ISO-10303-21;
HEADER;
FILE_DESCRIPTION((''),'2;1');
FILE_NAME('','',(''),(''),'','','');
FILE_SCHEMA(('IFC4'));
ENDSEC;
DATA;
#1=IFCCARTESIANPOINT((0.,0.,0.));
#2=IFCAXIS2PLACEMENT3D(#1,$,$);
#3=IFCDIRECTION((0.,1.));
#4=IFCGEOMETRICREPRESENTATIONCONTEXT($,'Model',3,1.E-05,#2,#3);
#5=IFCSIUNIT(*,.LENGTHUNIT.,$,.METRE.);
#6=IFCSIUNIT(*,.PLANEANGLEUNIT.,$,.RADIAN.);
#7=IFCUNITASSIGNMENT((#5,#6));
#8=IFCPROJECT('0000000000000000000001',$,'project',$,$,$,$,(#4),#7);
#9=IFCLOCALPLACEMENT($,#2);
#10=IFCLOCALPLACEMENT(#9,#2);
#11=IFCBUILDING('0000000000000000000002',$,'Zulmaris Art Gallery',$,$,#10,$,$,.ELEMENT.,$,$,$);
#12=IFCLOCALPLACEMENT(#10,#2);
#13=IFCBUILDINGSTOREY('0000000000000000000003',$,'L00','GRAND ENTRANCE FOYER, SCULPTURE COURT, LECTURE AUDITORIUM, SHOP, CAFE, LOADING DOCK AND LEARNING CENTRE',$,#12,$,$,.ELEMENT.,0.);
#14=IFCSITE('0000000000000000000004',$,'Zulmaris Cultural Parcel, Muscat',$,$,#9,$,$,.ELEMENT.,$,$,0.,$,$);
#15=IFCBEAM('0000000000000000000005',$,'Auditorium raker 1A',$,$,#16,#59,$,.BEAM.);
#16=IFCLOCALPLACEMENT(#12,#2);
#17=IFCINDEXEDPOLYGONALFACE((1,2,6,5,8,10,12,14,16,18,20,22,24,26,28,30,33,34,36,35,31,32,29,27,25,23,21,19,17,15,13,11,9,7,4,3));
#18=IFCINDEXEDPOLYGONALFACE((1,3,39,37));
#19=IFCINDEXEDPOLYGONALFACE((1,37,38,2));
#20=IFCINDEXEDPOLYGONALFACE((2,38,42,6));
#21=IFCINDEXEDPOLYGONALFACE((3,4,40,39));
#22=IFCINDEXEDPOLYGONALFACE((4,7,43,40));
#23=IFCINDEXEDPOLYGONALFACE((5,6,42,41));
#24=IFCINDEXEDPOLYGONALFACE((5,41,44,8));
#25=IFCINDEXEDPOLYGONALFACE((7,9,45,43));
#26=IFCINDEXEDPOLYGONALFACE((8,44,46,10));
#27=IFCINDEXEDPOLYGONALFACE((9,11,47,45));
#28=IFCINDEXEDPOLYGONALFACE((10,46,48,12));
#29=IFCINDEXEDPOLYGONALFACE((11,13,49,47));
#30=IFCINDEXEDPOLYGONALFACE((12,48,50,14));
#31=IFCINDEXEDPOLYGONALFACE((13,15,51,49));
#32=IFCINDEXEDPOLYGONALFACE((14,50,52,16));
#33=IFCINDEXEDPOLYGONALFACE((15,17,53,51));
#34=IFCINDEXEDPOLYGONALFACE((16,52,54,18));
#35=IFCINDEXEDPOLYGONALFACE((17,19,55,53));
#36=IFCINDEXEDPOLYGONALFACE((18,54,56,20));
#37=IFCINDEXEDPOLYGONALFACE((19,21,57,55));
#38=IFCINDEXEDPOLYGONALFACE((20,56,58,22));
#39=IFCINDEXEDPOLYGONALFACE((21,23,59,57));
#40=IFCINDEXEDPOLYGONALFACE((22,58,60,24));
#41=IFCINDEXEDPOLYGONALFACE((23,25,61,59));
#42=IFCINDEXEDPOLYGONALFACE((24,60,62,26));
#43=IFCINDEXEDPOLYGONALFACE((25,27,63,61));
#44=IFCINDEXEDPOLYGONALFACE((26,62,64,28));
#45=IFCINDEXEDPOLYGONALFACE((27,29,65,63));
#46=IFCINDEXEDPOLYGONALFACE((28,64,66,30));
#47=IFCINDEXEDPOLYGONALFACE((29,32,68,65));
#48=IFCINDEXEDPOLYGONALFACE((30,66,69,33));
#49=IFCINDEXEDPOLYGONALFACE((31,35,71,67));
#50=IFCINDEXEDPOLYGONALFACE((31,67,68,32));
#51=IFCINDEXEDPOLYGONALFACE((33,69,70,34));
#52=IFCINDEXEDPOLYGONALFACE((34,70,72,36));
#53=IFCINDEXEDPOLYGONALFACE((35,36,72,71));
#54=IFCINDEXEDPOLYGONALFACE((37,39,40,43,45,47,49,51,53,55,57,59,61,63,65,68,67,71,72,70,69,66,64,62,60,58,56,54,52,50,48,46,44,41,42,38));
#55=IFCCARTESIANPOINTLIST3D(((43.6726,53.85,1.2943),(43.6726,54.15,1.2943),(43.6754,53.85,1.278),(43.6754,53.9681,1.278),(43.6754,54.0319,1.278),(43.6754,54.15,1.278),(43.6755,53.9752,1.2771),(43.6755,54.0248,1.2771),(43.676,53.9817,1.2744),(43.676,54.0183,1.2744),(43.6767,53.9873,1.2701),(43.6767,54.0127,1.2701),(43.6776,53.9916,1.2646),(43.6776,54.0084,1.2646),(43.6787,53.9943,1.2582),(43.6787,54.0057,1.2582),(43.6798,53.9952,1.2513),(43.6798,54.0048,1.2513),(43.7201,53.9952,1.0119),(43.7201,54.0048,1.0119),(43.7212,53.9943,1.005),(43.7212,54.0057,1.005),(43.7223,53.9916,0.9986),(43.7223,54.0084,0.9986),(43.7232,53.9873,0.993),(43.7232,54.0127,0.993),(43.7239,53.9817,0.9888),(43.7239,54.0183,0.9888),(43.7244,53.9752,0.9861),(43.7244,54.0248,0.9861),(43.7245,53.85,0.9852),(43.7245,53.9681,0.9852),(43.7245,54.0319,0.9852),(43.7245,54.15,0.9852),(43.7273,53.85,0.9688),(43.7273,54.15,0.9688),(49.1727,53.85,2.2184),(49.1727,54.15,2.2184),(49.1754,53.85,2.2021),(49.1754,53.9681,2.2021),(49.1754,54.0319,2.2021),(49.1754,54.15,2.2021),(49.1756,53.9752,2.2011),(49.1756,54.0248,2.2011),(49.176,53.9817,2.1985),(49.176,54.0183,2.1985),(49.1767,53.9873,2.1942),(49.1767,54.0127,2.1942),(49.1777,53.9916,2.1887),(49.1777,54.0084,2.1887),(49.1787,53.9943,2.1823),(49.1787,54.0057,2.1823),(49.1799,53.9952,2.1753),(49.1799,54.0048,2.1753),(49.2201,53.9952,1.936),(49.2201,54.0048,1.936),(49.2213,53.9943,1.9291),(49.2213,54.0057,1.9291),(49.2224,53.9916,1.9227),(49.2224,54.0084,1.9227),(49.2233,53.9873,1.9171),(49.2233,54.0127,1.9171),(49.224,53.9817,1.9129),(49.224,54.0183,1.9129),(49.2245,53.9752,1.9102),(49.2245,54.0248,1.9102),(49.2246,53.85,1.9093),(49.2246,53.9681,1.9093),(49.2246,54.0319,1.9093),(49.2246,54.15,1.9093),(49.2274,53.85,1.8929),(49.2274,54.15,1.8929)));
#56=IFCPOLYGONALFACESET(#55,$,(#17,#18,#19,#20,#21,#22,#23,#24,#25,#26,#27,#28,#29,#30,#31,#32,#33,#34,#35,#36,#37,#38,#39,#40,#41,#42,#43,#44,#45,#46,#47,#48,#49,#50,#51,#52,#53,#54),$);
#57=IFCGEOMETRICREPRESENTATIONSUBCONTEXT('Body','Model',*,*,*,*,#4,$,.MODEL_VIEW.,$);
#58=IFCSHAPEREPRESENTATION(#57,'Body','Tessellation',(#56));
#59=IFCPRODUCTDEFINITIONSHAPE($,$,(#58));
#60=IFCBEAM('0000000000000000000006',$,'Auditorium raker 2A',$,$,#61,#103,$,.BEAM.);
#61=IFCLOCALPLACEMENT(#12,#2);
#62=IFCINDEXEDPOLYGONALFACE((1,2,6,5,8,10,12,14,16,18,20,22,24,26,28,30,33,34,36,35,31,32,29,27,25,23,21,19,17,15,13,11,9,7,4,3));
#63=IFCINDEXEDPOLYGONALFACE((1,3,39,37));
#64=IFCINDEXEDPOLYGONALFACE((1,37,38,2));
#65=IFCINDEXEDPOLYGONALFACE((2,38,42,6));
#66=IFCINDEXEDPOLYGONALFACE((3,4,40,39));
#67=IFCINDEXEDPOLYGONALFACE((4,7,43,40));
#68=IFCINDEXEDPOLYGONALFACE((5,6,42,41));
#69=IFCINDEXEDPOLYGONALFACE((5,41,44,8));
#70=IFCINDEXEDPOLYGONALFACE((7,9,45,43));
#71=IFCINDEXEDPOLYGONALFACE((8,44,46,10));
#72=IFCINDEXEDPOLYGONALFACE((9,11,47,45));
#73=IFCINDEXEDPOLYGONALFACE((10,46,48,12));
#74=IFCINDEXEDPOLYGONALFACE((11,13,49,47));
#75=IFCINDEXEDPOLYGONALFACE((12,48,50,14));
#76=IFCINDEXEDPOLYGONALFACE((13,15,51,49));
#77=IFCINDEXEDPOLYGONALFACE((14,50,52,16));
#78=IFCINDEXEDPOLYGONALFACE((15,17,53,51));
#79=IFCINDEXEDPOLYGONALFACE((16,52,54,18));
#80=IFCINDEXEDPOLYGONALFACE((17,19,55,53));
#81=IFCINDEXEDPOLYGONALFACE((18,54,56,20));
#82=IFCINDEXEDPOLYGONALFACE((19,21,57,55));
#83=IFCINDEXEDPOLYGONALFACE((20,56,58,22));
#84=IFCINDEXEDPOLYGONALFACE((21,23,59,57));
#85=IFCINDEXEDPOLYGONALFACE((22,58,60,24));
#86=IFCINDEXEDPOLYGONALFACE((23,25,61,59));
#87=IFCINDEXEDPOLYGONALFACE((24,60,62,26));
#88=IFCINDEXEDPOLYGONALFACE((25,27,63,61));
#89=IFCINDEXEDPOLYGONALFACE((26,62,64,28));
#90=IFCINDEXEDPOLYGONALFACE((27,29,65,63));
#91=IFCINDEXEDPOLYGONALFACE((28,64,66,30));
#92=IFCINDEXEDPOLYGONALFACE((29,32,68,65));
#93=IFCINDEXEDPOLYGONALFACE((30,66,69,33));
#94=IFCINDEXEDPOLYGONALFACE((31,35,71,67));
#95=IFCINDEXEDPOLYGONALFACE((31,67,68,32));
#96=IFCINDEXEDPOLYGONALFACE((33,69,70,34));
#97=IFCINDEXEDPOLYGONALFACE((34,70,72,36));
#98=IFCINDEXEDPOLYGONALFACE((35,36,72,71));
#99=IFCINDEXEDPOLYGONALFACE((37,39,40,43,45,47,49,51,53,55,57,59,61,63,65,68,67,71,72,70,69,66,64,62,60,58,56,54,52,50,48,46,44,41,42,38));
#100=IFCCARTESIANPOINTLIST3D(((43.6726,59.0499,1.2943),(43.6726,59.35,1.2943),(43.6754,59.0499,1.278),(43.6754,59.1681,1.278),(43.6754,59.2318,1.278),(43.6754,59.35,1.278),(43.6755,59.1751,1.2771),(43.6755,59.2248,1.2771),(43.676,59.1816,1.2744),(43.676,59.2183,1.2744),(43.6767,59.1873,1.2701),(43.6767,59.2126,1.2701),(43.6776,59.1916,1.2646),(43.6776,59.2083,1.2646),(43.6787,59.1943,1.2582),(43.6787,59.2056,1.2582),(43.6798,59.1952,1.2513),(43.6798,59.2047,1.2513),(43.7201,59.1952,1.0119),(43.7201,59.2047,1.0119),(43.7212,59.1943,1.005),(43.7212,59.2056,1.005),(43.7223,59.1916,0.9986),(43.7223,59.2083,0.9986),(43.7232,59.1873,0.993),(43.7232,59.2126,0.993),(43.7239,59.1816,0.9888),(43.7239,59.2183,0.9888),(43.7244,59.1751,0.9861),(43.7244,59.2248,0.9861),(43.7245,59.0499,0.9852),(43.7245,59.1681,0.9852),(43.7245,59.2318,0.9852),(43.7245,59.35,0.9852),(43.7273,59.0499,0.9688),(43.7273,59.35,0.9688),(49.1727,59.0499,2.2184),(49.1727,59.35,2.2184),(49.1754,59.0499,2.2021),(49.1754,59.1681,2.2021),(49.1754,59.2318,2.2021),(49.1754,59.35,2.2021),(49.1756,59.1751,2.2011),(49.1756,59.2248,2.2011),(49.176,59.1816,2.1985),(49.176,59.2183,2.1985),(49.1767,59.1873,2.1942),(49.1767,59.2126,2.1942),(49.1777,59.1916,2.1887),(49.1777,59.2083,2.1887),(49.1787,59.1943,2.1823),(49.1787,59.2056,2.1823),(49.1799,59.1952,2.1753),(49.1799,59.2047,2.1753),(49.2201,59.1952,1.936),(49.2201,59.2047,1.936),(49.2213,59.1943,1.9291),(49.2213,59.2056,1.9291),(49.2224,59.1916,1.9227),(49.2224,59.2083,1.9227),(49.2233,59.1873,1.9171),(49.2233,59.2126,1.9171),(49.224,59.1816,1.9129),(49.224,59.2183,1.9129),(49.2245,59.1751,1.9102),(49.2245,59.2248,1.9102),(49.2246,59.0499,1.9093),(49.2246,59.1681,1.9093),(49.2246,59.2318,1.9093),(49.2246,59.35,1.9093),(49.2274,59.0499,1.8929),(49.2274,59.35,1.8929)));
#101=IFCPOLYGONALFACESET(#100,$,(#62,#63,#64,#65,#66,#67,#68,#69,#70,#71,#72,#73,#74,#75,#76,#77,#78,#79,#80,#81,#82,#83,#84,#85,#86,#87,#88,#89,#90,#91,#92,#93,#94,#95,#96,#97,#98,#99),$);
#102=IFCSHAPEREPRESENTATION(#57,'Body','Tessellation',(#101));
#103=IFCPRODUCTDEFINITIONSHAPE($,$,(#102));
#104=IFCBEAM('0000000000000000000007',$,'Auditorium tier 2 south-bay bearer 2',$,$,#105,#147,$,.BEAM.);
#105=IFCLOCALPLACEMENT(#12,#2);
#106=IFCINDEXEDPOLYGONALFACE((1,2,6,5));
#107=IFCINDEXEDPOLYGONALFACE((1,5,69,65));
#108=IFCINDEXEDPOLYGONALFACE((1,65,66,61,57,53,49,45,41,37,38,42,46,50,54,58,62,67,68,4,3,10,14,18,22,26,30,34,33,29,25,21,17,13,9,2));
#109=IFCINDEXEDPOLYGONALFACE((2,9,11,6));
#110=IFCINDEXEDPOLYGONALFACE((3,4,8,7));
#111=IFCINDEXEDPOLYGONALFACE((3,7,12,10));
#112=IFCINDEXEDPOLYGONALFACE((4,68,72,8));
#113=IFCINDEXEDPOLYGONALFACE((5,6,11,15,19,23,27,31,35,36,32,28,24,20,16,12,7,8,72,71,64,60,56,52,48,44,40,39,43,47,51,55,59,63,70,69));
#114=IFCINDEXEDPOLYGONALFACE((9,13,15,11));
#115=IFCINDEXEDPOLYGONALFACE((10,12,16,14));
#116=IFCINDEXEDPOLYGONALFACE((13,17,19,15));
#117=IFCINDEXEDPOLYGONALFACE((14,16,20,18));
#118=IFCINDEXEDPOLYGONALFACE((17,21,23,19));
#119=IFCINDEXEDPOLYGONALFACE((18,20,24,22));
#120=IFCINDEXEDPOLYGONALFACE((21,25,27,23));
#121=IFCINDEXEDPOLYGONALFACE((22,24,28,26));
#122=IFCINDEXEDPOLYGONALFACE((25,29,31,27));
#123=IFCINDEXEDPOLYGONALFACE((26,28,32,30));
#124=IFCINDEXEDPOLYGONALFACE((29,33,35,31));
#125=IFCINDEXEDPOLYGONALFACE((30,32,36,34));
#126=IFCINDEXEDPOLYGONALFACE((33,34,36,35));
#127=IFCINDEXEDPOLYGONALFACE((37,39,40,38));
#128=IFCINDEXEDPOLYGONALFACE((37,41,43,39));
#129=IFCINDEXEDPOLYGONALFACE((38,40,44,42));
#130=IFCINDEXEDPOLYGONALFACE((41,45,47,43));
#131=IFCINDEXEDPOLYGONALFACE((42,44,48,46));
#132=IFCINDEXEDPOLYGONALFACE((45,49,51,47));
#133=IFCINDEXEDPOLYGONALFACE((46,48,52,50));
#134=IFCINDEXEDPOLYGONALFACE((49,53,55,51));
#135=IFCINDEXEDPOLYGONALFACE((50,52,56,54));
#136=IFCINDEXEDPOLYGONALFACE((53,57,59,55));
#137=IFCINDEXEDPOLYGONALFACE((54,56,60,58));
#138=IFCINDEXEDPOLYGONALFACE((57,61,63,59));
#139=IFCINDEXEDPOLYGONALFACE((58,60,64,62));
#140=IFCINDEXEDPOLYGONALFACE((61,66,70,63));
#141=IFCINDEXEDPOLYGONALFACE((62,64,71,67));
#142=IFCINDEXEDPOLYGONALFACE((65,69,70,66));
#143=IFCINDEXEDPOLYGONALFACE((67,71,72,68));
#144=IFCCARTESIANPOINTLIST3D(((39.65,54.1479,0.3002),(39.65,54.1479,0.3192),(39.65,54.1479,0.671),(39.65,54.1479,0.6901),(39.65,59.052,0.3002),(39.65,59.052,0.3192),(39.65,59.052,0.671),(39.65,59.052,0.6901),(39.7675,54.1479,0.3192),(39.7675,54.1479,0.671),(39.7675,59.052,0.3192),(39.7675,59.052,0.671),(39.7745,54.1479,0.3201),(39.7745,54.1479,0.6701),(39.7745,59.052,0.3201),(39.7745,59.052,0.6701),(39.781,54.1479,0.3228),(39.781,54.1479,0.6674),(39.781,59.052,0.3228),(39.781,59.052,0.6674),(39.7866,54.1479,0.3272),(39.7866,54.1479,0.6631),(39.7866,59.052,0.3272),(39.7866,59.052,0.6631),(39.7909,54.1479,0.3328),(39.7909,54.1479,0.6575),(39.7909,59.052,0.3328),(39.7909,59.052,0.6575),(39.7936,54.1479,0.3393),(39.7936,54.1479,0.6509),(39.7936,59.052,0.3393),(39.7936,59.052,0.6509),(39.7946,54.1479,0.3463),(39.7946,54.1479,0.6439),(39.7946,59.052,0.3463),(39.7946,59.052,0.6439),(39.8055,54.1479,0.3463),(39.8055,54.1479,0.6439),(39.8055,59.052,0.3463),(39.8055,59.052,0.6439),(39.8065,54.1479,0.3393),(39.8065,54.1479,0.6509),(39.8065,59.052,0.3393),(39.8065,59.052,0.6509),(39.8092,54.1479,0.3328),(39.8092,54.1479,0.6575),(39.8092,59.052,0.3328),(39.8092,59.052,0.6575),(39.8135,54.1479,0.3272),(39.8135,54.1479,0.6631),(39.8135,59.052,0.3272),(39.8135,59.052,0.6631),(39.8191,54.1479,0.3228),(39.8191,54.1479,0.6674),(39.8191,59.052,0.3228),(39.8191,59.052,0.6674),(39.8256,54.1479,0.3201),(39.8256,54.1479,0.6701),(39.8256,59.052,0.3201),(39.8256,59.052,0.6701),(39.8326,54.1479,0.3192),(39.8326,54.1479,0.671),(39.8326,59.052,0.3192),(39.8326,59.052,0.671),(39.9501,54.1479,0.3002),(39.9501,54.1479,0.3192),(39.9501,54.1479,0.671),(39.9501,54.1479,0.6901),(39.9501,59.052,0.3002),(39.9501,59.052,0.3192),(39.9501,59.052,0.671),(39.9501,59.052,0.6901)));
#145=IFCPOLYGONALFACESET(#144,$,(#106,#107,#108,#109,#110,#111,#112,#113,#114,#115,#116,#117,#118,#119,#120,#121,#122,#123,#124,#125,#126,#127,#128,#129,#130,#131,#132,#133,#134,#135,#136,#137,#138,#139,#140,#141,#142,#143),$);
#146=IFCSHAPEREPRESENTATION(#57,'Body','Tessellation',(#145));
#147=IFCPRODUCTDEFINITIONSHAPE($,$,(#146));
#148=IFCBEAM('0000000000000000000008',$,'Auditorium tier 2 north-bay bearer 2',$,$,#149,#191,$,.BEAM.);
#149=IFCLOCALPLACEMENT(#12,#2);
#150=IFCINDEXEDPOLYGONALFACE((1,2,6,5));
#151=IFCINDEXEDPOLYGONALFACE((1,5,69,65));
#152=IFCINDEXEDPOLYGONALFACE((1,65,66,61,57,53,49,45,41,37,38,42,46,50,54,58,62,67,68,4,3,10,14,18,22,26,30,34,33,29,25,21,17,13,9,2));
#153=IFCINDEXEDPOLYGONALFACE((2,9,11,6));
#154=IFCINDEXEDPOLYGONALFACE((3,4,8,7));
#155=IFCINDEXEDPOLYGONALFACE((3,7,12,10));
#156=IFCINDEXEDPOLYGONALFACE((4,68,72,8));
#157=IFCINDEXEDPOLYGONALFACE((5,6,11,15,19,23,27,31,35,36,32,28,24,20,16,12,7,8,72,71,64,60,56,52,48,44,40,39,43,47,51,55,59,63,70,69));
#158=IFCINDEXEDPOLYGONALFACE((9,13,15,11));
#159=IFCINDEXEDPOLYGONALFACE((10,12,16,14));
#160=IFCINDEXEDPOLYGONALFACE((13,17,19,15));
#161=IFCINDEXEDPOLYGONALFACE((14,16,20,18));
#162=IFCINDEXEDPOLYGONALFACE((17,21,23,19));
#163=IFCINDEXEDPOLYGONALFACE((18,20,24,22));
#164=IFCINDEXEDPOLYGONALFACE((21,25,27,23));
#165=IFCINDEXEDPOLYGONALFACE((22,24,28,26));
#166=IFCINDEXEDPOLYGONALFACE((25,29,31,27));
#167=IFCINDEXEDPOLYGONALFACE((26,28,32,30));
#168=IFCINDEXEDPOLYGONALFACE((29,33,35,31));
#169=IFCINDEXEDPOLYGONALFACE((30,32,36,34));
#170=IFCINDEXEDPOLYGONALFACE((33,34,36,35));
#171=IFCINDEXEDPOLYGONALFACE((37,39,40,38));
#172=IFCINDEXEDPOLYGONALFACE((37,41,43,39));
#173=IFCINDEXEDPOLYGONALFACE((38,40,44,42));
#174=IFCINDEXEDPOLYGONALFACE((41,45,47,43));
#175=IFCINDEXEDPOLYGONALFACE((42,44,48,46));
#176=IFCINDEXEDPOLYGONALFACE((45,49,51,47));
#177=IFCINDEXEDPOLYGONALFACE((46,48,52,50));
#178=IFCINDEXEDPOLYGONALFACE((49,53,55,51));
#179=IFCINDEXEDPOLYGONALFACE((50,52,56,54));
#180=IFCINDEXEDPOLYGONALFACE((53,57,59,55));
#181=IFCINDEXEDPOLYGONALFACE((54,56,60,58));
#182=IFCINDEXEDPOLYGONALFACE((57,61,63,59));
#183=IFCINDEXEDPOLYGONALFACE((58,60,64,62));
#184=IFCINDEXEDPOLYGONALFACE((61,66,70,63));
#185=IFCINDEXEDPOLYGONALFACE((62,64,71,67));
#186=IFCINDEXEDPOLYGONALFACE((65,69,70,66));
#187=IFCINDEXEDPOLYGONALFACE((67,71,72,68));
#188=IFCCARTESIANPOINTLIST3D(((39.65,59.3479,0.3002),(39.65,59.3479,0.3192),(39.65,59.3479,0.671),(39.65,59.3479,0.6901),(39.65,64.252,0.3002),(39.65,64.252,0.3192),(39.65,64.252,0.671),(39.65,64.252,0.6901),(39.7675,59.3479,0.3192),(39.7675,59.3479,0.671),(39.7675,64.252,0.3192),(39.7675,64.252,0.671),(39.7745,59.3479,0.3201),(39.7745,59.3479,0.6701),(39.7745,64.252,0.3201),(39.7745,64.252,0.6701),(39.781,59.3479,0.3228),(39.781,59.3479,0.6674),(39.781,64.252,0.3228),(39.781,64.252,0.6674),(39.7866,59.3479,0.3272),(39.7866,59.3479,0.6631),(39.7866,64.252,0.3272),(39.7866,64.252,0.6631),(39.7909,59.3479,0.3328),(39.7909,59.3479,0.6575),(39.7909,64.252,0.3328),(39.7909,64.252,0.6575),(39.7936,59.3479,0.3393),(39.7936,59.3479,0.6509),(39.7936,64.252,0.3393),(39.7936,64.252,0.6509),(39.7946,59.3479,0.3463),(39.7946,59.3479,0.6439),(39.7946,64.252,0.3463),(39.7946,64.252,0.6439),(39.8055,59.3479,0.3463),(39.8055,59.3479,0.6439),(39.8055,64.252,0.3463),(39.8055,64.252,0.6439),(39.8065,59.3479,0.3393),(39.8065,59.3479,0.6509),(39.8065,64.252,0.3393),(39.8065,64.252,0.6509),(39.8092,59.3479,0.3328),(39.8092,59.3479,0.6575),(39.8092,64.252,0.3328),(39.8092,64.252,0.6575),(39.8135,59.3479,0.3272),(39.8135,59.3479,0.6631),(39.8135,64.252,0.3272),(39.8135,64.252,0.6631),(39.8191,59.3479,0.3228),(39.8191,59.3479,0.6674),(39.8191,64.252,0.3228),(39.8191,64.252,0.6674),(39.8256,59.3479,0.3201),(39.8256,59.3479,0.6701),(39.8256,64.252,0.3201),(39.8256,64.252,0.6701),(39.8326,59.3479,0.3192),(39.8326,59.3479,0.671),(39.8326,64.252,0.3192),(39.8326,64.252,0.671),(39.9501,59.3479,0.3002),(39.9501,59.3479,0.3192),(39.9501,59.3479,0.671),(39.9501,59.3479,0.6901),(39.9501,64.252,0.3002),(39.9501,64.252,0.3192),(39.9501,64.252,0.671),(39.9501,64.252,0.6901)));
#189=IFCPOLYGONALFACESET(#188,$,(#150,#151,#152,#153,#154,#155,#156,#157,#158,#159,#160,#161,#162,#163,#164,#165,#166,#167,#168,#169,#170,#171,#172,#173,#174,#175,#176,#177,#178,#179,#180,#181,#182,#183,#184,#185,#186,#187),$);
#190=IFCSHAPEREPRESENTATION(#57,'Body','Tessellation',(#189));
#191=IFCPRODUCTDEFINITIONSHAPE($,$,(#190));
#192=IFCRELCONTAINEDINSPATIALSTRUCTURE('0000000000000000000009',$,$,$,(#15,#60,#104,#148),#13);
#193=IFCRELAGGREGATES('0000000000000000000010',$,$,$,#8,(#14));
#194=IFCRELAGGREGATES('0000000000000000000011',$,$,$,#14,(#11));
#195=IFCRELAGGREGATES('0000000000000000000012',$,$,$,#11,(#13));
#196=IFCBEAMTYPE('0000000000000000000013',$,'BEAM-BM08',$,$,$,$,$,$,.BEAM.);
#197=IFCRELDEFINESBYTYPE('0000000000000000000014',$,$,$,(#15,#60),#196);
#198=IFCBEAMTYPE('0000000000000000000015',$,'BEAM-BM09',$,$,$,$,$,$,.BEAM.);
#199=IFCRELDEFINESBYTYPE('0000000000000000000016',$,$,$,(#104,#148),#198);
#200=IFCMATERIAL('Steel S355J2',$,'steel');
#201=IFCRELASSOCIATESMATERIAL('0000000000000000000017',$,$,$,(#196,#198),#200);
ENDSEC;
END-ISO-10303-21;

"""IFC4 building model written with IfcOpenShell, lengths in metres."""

from ifc_helpers import new_model, si_unit, direction, frame, origin, origin_2d, place, context, subcontext, project, spatial, i_section, extrude, material, material_profile, profile_set, type_object, element, save


model = new_model("IFC4")

# Units and contexts
model_context = context("Model", 3, precision=1e-05, world=origin(), true_north=direction((0.0, 1.0)))
body_context = subcontext(model_context, "Body", "Model", "MODEL_VIEW")
ifc_project = project(units=[si_unit("LENGTHUNIT", "METRE"), si_unit("PLANEANGLEUNIT", "RADIAN")], contexts=[model_context])

# Site, building, storey
site_placement = place(None, origin())
site = spatial("IfcSite", under=ifc_project, at=site_placement, Name="Zulmaris Cultural Parcel, Muscat", CompositionType="ELEMENT", RefElevation=0.0)
building_placement = place(site_placement, origin())
building = spatial("IfcBuilding", under=site, at=building_placement, Name="Zulmaris Art Gallery", CompositionType="ELEMENT")
storey_placement = place(building_placement, origin())
storey = spatial("IfcBuildingStorey", under=building, at=storey_placement, Name="L00", Description="GRAND ENTRANCE FOYER, SCULPTURE COURT, LECTURE AUDITORIUM, SHOP, CAFE, LOADING DOCK AND LEARNING CENTRE", CompositionType="ELEMENT", Elevation=0.0)

# Beams
ifc_material_1 = material(Name="Steel S355J2", Category="steel")
ifc_material_profile_1 = material_profile(ifc_material_1, i_section(OverallWidth=0.3, OverallDepth=0.3301, WebThickness=0.0095, FlangeThickness=0.0166, FilletRadius=0.0271, at=origin_2d()), Name="HEA 340")
ifc_profile_set_1 = profile_set([ifc_material_profile_1], Name="Steel S355J2")
beam_type_1 = type_object("IfcBeamType", Name="BEAM-BM08", PredefinedType="BEAM", material=ifc_profile_set_1)
for number, where, z_axis, x_axis, name in (
    (1, (43.7, 54.0, 1.1316), (0.986178, 0.0, 0.165691), (0.0, 1.0, 0.0), "Auditorium raker 1A"),
    (2, (43.7, 59.2, 1.1316), (0.986178, 0.0, 0.165691), (0.0, 1.0, 0.0), "Auditorium raker 2A"),
):
    element("IfcBeam", number, at=place(storey_placement, frame(where, z_axis=z_axis, x_axis=x_axis)), inside=storey, type_object=beam_type_1, Name=name, PredefinedType="BEAM", context=body_context, shape_type="SweptSolid", body=[
        extrude(i_section(OverallWidth=0.3, OverallDepth=0.3301, WebThickness=0.0095, FlangeThickness=0.0166, FilletRadius=0.0271, at=origin_2d()), origin(), (0.0, 0.0, 1.0), 5.5771),
    ])
ifc_material_profile_2 = material_profile(ifc_material_1, i_section(OverallWidth=0.3, OverallDepth=0.3899, WebThickness=0.011, FlangeThickness=0.019, FilletRadius=0.0271, at=origin_2d()), Name="HEA 400")
ifc_profile_set_2 = profile_set([ifc_material_profile_2], Name="Steel S355J2")
beam_type_2 = type_object("IfcBeamType", Name="BEAM-BM09", PredefinedType="BEAM", material=ifc_profile_set_2)
for number, where, z_axis, x_axis, name in (
    (3, (39.8, 54.1479, 0.4951), (0.0, 1.0, 0.0), (-1.0, 0.0, 0.0), "Auditorium tier 2 south-bay bearer 2"),
    (4, (39.8, 59.3479, 0.4951), (0.0, 1.0, 0.0), (-1.0, 0.0, 0.0), "Auditorium tier 2 north-bay bearer 2"),
):
    element("IfcBeam", number, at=place(storey_placement, frame(where, z_axis=z_axis, x_axis=x_axis)), inside=storey, type_object=beam_type_2, Name=name, PredefinedType="BEAM", context=body_context, shape_type="SweptSolid", body=[
        extrude(i_section(OverallWidth=0.3, OverallDepth=0.3899, WebThickness=0.011, FlangeThickness=0.019, FilletRadius=0.0271, at=origin_2d()), origin(), (0.0, 0.0, 1.0), 4.9041),
    ])

save(model, "model.ifc")
